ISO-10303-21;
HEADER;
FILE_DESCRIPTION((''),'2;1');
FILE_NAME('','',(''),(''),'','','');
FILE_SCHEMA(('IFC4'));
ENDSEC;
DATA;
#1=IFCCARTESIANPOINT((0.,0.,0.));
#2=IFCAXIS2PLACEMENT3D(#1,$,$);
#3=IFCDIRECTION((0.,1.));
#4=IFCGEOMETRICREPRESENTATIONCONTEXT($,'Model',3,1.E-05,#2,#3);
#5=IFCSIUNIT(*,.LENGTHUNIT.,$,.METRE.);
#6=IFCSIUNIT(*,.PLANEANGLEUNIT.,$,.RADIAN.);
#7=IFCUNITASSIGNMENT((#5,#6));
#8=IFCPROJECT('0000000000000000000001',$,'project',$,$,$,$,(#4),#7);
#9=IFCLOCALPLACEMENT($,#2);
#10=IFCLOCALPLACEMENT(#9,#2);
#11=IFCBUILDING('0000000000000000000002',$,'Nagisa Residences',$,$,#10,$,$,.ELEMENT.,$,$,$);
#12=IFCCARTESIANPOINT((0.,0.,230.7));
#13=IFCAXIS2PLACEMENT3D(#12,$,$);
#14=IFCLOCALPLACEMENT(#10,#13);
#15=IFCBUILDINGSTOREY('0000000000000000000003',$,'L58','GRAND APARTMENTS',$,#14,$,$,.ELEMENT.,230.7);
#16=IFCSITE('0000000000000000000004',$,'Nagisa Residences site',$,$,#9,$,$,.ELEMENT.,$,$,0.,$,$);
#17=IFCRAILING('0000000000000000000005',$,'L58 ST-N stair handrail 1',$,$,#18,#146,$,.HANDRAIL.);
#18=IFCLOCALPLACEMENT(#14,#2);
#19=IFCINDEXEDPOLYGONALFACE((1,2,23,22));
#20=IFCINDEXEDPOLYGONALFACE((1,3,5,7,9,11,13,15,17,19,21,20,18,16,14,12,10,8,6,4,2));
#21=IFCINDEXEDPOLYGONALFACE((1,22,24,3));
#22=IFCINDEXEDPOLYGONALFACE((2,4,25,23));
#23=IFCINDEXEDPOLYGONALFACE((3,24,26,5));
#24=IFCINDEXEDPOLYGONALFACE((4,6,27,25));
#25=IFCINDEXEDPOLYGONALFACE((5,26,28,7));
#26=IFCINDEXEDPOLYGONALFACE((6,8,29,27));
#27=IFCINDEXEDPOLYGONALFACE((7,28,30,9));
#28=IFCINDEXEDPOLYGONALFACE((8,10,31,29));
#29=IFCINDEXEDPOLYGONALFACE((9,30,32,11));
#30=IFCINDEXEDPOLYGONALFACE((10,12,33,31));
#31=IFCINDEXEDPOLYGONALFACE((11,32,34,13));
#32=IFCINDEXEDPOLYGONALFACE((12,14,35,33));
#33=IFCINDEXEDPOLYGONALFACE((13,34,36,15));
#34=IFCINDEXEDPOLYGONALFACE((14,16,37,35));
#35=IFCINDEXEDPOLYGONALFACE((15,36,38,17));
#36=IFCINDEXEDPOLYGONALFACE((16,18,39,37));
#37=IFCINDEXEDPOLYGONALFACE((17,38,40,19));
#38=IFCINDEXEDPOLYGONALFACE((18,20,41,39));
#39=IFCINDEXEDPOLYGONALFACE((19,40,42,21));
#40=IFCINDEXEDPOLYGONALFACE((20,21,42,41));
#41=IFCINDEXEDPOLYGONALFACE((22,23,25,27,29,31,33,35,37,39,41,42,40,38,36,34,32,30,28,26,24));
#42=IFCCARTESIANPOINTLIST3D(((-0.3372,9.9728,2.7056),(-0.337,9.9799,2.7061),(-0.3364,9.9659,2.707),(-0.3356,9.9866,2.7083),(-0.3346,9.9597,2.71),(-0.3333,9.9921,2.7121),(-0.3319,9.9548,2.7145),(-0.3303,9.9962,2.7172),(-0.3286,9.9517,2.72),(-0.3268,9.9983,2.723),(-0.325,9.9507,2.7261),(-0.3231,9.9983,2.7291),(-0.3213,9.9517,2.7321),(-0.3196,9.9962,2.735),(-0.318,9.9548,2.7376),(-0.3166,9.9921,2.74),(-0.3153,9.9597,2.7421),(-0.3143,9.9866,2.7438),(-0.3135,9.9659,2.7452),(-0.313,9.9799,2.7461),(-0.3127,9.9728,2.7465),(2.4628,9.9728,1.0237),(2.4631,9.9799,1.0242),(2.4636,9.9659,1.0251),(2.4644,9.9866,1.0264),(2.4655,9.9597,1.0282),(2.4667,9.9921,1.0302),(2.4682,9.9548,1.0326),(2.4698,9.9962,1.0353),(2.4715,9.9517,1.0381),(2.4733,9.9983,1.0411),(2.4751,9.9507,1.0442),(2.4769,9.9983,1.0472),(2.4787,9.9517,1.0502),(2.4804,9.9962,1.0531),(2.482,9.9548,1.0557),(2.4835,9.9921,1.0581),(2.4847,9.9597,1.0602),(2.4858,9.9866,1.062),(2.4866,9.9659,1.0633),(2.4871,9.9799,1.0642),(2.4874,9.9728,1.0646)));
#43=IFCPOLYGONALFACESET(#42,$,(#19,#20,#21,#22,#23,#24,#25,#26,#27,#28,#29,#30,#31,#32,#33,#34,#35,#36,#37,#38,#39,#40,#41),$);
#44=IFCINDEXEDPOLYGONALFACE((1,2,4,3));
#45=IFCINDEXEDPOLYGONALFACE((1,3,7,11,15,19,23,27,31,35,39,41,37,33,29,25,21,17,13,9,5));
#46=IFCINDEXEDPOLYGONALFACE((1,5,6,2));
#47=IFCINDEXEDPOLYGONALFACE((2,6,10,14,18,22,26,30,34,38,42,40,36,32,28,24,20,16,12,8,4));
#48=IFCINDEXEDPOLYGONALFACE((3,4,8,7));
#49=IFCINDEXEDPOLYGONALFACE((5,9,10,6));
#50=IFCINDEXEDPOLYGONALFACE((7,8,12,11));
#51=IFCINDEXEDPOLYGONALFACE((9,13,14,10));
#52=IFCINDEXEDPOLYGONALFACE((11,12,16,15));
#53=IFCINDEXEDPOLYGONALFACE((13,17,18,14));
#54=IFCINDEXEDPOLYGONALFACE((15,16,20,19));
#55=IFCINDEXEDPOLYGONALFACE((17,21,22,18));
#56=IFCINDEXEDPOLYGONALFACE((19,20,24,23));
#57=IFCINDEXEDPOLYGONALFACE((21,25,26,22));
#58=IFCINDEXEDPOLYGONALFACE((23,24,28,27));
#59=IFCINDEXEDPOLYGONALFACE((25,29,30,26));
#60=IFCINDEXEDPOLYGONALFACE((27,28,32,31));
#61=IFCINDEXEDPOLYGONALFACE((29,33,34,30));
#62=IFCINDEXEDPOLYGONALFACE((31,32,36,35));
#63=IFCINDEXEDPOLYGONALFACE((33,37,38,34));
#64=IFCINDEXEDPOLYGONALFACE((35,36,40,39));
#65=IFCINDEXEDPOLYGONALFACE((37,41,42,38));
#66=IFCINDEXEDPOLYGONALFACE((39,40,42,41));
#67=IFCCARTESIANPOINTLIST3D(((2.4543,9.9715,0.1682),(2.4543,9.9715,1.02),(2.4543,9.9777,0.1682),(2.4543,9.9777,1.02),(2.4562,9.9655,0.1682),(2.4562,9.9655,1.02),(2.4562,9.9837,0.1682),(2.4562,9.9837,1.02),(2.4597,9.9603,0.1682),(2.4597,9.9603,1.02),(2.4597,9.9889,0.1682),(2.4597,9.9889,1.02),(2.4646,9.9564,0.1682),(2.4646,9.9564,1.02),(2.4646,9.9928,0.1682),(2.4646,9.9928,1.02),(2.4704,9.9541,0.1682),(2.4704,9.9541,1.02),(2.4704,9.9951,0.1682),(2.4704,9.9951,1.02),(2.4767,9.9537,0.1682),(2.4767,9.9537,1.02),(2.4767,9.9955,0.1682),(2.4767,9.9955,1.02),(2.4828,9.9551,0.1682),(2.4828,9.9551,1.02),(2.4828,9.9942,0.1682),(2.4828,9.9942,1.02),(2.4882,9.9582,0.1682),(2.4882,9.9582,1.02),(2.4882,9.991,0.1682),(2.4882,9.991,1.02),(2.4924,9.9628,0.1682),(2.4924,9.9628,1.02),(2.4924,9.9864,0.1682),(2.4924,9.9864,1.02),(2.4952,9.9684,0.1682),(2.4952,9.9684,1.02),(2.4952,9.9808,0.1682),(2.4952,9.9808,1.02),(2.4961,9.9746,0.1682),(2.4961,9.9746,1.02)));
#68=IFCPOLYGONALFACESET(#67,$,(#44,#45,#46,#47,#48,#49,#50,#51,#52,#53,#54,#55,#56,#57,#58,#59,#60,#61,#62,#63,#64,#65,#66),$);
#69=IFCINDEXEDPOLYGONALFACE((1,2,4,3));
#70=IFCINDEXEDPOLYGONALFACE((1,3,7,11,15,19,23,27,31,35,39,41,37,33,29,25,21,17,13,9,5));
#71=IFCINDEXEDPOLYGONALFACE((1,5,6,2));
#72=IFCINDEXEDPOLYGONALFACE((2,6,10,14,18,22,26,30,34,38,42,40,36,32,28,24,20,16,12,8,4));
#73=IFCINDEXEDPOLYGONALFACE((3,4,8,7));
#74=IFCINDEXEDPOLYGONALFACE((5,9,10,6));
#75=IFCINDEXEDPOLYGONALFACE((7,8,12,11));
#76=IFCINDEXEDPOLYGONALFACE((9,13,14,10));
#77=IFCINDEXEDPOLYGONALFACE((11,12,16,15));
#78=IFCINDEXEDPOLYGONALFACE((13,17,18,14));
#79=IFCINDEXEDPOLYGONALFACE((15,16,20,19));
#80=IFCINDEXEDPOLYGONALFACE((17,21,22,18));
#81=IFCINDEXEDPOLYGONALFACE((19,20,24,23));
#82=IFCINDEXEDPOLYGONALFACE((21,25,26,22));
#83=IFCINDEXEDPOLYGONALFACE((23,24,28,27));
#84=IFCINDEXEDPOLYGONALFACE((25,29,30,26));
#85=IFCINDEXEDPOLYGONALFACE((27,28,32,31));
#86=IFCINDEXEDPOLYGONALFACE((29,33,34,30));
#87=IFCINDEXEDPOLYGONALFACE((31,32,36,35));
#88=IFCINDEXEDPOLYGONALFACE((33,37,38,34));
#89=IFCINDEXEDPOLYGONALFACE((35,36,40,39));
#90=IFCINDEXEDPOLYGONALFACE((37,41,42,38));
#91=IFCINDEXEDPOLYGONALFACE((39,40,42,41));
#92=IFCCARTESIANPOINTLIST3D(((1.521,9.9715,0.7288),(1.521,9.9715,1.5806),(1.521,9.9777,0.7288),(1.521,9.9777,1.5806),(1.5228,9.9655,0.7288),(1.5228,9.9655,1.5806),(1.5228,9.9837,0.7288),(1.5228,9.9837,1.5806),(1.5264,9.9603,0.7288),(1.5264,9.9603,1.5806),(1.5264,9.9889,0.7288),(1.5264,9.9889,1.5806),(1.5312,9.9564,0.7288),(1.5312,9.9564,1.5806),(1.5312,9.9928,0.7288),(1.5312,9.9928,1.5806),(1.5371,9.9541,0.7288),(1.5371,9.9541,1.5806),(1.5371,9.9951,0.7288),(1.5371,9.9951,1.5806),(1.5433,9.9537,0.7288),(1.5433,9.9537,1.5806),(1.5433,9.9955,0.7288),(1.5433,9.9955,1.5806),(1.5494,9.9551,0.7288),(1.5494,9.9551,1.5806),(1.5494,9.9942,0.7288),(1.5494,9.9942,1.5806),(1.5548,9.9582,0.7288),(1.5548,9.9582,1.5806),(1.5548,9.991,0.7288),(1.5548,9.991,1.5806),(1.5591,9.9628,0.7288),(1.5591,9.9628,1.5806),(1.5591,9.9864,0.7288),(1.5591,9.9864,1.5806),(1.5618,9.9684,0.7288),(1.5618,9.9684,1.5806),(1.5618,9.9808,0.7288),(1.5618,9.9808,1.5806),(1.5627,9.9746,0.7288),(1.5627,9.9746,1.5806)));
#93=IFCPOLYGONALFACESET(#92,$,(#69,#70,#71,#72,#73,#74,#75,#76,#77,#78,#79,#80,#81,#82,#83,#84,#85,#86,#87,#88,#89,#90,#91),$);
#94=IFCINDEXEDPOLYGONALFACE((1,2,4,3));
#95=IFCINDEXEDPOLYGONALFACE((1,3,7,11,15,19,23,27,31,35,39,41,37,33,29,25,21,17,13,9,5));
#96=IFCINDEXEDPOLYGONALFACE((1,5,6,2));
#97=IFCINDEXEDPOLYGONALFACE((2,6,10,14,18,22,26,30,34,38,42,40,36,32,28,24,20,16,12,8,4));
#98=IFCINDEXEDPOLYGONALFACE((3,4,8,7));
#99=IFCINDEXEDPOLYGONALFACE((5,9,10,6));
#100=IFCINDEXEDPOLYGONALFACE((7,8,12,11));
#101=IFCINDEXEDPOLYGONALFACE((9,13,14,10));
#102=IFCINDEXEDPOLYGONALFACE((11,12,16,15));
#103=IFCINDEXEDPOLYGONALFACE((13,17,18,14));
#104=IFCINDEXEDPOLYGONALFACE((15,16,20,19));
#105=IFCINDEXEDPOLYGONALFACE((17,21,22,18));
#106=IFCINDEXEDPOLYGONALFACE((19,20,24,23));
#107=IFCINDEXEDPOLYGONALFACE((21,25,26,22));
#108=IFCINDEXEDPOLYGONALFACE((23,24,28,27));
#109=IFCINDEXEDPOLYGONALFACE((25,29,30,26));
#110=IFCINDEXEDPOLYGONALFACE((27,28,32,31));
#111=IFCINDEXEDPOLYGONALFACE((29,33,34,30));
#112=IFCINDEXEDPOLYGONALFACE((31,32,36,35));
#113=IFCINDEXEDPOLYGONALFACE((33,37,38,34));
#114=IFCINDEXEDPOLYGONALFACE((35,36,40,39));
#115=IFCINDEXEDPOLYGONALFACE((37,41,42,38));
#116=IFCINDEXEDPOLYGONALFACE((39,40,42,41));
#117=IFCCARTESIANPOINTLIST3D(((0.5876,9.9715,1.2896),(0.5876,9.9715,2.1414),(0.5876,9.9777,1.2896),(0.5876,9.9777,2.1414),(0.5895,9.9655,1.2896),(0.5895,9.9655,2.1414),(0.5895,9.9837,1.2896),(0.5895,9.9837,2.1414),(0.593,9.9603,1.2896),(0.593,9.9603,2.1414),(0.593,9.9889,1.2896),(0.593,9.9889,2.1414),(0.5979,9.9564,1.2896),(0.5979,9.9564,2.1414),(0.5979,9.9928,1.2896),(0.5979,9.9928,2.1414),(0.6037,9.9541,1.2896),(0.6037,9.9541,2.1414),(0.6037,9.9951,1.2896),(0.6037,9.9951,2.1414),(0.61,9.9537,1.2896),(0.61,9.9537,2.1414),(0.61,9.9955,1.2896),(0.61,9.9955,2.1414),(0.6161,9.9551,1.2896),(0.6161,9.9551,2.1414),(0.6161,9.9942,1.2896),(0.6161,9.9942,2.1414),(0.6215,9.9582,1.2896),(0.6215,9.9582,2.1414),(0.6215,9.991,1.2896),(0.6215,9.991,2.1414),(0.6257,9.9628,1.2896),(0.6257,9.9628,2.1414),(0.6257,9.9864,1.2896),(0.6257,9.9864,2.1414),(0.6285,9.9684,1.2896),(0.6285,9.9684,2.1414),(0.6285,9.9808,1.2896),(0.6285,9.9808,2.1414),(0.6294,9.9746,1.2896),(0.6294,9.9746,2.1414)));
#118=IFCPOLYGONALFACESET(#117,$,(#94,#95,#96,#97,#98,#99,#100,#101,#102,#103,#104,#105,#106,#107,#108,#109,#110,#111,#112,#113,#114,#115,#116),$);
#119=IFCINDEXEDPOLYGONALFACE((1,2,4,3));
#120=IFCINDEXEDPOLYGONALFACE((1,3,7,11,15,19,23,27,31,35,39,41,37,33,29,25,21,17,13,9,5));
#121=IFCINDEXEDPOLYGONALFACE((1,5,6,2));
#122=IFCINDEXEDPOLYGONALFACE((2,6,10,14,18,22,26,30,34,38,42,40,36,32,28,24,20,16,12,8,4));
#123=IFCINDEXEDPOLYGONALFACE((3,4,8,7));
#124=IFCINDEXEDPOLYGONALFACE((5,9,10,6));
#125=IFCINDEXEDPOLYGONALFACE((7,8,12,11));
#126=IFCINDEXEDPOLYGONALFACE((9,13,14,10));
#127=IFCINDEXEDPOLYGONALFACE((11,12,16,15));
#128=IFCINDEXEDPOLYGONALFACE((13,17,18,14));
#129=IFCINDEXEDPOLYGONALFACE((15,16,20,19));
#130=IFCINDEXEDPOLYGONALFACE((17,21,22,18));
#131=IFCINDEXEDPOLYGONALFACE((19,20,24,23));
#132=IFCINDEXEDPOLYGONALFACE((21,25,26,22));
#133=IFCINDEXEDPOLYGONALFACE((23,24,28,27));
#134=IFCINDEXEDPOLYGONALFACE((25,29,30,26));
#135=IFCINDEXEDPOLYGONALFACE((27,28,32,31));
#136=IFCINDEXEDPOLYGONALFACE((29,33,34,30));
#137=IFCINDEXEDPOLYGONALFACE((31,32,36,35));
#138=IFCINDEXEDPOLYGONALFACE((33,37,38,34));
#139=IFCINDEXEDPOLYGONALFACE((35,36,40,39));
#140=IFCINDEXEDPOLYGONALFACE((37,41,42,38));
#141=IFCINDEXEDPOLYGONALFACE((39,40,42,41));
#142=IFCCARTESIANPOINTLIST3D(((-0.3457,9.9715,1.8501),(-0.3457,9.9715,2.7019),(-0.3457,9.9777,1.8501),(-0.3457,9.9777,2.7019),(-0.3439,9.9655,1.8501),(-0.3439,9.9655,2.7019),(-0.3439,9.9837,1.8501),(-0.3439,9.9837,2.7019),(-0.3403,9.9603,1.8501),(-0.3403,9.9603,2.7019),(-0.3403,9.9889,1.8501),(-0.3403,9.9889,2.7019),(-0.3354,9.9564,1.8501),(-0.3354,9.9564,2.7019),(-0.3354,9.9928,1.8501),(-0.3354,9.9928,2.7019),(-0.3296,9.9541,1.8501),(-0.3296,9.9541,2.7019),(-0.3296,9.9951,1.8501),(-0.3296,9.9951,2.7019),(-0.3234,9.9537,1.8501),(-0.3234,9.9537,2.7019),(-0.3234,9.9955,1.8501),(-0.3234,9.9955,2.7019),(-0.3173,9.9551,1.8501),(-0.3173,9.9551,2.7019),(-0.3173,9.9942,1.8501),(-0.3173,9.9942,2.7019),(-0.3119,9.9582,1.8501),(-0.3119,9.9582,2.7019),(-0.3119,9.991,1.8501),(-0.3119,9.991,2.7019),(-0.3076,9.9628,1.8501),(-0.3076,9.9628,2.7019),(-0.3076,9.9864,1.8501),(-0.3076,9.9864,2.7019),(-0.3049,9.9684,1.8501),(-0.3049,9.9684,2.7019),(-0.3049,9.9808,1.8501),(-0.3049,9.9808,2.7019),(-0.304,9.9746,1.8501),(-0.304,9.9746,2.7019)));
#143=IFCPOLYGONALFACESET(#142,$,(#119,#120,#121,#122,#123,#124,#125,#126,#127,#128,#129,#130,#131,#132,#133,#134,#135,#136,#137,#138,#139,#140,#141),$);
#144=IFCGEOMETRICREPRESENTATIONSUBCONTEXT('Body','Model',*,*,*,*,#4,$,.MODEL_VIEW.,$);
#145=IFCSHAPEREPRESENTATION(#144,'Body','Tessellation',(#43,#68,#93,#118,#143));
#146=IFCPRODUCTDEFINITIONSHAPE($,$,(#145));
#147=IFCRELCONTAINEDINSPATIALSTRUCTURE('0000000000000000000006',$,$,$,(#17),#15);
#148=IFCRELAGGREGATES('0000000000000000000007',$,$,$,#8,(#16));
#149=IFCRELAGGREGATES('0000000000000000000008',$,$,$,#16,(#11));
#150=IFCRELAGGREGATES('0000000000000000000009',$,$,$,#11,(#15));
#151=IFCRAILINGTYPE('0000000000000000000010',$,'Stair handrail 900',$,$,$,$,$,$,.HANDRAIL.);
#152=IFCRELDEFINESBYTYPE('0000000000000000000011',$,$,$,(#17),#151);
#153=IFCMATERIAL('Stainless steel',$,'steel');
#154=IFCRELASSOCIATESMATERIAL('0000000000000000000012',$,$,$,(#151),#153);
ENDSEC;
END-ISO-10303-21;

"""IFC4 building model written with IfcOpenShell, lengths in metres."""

from ifc_helpers import new_model, si_unit, direction, frame, origin, origin_2d, place, context, subcontext, project, spatial, circle, extrude, material, type_object, element, save


model = new_model("IFC4")

# Units and contexts
model_context = context("Model", 3, precision=1e-05, world=origin(), true_north=direction((0.0, 1.0)))
body_context = subcontext(model_context, "Body", "Model", "MODEL_VIEW")
ifc_project = project(units=[si_unit("LENGTHUNIT", "METRE"), si_unit("PLANEANGLEUNIT", "RADIAN")], contexts=[model_context])

# Site, building, storey
site_placement = place(None, origin())
site = spatial("IfcSite", under=ifc_project, at=site_placement, Name="Nagisa Residences site", CompositionType="ELEMENT", RefElevation=0.0)
building_placement = place(site_placement, origin())
building = spatial("IfcBuilding", under=site, at=building_placement, Name="Nagisa Residences", CompositionType="ELEMENT")
storey_placement = place(building_placement, frame((0.0, 0.0, 230.7)))
storey = spatial("IfcBuildingStorey", under=building, at=storey_placement, Name="L58", Description="GRAND APARTMENTS", CompositionType="ELEMENT", Elevation=230.7)

# Railing
ifc_material_1 = material(Name="Stainless steel", Category="steel")
railing_type_1 = type_object("IfcRailingType", Name="Stair handrail 900", PredefinedType="HANDRAIL", material=ifc_material_1)
railing_1_placement = place(storey_placement, frame((2.4751, 9.9746, 0.1682)))
element("IfcRailing", 1, at=railing_1_placement, inside=storey, type_object=railing_type_1, Name="L58 ST-N stair handrail 1", PredefinedType="HANDRAIL", context=body_context, shape_type="SweptSolid", body=[
    extrude(circle(Radius=0.0239, at=origin_2d()), frame((0.0, 0.0, 0.876), z_axis=(-0.857242, 0.0, 0.514913), x_axis=(0.0, -1.0, 0.0)), (0.0, 0.0, 1.0), 3.2664),
    extrude(circle(Radius=0.021, at=origin_2d()), origin(), (0.0, 0.0, 1.0), 0.8518),
    extrude(circle(Radius=0.021, at=origin_2d()), frame((-0.9333, 0.0, 0.5605)), (0.0, 0.0, 1.0), 0.8518),
    extrude(circle(Radius=0.021, at=origin_2d()), frame((-1.8667, 0.0, 1.1213)), (0.0, 0.0, 1.0), 0.8518),
    extrude(circle(Radius=0.021, at=origin_2d()), frame((-2.8, 0.0, 1.6819)), (0.0, 0.0, 1.0), 0.8518),
])

save(model, "model.ifc")
